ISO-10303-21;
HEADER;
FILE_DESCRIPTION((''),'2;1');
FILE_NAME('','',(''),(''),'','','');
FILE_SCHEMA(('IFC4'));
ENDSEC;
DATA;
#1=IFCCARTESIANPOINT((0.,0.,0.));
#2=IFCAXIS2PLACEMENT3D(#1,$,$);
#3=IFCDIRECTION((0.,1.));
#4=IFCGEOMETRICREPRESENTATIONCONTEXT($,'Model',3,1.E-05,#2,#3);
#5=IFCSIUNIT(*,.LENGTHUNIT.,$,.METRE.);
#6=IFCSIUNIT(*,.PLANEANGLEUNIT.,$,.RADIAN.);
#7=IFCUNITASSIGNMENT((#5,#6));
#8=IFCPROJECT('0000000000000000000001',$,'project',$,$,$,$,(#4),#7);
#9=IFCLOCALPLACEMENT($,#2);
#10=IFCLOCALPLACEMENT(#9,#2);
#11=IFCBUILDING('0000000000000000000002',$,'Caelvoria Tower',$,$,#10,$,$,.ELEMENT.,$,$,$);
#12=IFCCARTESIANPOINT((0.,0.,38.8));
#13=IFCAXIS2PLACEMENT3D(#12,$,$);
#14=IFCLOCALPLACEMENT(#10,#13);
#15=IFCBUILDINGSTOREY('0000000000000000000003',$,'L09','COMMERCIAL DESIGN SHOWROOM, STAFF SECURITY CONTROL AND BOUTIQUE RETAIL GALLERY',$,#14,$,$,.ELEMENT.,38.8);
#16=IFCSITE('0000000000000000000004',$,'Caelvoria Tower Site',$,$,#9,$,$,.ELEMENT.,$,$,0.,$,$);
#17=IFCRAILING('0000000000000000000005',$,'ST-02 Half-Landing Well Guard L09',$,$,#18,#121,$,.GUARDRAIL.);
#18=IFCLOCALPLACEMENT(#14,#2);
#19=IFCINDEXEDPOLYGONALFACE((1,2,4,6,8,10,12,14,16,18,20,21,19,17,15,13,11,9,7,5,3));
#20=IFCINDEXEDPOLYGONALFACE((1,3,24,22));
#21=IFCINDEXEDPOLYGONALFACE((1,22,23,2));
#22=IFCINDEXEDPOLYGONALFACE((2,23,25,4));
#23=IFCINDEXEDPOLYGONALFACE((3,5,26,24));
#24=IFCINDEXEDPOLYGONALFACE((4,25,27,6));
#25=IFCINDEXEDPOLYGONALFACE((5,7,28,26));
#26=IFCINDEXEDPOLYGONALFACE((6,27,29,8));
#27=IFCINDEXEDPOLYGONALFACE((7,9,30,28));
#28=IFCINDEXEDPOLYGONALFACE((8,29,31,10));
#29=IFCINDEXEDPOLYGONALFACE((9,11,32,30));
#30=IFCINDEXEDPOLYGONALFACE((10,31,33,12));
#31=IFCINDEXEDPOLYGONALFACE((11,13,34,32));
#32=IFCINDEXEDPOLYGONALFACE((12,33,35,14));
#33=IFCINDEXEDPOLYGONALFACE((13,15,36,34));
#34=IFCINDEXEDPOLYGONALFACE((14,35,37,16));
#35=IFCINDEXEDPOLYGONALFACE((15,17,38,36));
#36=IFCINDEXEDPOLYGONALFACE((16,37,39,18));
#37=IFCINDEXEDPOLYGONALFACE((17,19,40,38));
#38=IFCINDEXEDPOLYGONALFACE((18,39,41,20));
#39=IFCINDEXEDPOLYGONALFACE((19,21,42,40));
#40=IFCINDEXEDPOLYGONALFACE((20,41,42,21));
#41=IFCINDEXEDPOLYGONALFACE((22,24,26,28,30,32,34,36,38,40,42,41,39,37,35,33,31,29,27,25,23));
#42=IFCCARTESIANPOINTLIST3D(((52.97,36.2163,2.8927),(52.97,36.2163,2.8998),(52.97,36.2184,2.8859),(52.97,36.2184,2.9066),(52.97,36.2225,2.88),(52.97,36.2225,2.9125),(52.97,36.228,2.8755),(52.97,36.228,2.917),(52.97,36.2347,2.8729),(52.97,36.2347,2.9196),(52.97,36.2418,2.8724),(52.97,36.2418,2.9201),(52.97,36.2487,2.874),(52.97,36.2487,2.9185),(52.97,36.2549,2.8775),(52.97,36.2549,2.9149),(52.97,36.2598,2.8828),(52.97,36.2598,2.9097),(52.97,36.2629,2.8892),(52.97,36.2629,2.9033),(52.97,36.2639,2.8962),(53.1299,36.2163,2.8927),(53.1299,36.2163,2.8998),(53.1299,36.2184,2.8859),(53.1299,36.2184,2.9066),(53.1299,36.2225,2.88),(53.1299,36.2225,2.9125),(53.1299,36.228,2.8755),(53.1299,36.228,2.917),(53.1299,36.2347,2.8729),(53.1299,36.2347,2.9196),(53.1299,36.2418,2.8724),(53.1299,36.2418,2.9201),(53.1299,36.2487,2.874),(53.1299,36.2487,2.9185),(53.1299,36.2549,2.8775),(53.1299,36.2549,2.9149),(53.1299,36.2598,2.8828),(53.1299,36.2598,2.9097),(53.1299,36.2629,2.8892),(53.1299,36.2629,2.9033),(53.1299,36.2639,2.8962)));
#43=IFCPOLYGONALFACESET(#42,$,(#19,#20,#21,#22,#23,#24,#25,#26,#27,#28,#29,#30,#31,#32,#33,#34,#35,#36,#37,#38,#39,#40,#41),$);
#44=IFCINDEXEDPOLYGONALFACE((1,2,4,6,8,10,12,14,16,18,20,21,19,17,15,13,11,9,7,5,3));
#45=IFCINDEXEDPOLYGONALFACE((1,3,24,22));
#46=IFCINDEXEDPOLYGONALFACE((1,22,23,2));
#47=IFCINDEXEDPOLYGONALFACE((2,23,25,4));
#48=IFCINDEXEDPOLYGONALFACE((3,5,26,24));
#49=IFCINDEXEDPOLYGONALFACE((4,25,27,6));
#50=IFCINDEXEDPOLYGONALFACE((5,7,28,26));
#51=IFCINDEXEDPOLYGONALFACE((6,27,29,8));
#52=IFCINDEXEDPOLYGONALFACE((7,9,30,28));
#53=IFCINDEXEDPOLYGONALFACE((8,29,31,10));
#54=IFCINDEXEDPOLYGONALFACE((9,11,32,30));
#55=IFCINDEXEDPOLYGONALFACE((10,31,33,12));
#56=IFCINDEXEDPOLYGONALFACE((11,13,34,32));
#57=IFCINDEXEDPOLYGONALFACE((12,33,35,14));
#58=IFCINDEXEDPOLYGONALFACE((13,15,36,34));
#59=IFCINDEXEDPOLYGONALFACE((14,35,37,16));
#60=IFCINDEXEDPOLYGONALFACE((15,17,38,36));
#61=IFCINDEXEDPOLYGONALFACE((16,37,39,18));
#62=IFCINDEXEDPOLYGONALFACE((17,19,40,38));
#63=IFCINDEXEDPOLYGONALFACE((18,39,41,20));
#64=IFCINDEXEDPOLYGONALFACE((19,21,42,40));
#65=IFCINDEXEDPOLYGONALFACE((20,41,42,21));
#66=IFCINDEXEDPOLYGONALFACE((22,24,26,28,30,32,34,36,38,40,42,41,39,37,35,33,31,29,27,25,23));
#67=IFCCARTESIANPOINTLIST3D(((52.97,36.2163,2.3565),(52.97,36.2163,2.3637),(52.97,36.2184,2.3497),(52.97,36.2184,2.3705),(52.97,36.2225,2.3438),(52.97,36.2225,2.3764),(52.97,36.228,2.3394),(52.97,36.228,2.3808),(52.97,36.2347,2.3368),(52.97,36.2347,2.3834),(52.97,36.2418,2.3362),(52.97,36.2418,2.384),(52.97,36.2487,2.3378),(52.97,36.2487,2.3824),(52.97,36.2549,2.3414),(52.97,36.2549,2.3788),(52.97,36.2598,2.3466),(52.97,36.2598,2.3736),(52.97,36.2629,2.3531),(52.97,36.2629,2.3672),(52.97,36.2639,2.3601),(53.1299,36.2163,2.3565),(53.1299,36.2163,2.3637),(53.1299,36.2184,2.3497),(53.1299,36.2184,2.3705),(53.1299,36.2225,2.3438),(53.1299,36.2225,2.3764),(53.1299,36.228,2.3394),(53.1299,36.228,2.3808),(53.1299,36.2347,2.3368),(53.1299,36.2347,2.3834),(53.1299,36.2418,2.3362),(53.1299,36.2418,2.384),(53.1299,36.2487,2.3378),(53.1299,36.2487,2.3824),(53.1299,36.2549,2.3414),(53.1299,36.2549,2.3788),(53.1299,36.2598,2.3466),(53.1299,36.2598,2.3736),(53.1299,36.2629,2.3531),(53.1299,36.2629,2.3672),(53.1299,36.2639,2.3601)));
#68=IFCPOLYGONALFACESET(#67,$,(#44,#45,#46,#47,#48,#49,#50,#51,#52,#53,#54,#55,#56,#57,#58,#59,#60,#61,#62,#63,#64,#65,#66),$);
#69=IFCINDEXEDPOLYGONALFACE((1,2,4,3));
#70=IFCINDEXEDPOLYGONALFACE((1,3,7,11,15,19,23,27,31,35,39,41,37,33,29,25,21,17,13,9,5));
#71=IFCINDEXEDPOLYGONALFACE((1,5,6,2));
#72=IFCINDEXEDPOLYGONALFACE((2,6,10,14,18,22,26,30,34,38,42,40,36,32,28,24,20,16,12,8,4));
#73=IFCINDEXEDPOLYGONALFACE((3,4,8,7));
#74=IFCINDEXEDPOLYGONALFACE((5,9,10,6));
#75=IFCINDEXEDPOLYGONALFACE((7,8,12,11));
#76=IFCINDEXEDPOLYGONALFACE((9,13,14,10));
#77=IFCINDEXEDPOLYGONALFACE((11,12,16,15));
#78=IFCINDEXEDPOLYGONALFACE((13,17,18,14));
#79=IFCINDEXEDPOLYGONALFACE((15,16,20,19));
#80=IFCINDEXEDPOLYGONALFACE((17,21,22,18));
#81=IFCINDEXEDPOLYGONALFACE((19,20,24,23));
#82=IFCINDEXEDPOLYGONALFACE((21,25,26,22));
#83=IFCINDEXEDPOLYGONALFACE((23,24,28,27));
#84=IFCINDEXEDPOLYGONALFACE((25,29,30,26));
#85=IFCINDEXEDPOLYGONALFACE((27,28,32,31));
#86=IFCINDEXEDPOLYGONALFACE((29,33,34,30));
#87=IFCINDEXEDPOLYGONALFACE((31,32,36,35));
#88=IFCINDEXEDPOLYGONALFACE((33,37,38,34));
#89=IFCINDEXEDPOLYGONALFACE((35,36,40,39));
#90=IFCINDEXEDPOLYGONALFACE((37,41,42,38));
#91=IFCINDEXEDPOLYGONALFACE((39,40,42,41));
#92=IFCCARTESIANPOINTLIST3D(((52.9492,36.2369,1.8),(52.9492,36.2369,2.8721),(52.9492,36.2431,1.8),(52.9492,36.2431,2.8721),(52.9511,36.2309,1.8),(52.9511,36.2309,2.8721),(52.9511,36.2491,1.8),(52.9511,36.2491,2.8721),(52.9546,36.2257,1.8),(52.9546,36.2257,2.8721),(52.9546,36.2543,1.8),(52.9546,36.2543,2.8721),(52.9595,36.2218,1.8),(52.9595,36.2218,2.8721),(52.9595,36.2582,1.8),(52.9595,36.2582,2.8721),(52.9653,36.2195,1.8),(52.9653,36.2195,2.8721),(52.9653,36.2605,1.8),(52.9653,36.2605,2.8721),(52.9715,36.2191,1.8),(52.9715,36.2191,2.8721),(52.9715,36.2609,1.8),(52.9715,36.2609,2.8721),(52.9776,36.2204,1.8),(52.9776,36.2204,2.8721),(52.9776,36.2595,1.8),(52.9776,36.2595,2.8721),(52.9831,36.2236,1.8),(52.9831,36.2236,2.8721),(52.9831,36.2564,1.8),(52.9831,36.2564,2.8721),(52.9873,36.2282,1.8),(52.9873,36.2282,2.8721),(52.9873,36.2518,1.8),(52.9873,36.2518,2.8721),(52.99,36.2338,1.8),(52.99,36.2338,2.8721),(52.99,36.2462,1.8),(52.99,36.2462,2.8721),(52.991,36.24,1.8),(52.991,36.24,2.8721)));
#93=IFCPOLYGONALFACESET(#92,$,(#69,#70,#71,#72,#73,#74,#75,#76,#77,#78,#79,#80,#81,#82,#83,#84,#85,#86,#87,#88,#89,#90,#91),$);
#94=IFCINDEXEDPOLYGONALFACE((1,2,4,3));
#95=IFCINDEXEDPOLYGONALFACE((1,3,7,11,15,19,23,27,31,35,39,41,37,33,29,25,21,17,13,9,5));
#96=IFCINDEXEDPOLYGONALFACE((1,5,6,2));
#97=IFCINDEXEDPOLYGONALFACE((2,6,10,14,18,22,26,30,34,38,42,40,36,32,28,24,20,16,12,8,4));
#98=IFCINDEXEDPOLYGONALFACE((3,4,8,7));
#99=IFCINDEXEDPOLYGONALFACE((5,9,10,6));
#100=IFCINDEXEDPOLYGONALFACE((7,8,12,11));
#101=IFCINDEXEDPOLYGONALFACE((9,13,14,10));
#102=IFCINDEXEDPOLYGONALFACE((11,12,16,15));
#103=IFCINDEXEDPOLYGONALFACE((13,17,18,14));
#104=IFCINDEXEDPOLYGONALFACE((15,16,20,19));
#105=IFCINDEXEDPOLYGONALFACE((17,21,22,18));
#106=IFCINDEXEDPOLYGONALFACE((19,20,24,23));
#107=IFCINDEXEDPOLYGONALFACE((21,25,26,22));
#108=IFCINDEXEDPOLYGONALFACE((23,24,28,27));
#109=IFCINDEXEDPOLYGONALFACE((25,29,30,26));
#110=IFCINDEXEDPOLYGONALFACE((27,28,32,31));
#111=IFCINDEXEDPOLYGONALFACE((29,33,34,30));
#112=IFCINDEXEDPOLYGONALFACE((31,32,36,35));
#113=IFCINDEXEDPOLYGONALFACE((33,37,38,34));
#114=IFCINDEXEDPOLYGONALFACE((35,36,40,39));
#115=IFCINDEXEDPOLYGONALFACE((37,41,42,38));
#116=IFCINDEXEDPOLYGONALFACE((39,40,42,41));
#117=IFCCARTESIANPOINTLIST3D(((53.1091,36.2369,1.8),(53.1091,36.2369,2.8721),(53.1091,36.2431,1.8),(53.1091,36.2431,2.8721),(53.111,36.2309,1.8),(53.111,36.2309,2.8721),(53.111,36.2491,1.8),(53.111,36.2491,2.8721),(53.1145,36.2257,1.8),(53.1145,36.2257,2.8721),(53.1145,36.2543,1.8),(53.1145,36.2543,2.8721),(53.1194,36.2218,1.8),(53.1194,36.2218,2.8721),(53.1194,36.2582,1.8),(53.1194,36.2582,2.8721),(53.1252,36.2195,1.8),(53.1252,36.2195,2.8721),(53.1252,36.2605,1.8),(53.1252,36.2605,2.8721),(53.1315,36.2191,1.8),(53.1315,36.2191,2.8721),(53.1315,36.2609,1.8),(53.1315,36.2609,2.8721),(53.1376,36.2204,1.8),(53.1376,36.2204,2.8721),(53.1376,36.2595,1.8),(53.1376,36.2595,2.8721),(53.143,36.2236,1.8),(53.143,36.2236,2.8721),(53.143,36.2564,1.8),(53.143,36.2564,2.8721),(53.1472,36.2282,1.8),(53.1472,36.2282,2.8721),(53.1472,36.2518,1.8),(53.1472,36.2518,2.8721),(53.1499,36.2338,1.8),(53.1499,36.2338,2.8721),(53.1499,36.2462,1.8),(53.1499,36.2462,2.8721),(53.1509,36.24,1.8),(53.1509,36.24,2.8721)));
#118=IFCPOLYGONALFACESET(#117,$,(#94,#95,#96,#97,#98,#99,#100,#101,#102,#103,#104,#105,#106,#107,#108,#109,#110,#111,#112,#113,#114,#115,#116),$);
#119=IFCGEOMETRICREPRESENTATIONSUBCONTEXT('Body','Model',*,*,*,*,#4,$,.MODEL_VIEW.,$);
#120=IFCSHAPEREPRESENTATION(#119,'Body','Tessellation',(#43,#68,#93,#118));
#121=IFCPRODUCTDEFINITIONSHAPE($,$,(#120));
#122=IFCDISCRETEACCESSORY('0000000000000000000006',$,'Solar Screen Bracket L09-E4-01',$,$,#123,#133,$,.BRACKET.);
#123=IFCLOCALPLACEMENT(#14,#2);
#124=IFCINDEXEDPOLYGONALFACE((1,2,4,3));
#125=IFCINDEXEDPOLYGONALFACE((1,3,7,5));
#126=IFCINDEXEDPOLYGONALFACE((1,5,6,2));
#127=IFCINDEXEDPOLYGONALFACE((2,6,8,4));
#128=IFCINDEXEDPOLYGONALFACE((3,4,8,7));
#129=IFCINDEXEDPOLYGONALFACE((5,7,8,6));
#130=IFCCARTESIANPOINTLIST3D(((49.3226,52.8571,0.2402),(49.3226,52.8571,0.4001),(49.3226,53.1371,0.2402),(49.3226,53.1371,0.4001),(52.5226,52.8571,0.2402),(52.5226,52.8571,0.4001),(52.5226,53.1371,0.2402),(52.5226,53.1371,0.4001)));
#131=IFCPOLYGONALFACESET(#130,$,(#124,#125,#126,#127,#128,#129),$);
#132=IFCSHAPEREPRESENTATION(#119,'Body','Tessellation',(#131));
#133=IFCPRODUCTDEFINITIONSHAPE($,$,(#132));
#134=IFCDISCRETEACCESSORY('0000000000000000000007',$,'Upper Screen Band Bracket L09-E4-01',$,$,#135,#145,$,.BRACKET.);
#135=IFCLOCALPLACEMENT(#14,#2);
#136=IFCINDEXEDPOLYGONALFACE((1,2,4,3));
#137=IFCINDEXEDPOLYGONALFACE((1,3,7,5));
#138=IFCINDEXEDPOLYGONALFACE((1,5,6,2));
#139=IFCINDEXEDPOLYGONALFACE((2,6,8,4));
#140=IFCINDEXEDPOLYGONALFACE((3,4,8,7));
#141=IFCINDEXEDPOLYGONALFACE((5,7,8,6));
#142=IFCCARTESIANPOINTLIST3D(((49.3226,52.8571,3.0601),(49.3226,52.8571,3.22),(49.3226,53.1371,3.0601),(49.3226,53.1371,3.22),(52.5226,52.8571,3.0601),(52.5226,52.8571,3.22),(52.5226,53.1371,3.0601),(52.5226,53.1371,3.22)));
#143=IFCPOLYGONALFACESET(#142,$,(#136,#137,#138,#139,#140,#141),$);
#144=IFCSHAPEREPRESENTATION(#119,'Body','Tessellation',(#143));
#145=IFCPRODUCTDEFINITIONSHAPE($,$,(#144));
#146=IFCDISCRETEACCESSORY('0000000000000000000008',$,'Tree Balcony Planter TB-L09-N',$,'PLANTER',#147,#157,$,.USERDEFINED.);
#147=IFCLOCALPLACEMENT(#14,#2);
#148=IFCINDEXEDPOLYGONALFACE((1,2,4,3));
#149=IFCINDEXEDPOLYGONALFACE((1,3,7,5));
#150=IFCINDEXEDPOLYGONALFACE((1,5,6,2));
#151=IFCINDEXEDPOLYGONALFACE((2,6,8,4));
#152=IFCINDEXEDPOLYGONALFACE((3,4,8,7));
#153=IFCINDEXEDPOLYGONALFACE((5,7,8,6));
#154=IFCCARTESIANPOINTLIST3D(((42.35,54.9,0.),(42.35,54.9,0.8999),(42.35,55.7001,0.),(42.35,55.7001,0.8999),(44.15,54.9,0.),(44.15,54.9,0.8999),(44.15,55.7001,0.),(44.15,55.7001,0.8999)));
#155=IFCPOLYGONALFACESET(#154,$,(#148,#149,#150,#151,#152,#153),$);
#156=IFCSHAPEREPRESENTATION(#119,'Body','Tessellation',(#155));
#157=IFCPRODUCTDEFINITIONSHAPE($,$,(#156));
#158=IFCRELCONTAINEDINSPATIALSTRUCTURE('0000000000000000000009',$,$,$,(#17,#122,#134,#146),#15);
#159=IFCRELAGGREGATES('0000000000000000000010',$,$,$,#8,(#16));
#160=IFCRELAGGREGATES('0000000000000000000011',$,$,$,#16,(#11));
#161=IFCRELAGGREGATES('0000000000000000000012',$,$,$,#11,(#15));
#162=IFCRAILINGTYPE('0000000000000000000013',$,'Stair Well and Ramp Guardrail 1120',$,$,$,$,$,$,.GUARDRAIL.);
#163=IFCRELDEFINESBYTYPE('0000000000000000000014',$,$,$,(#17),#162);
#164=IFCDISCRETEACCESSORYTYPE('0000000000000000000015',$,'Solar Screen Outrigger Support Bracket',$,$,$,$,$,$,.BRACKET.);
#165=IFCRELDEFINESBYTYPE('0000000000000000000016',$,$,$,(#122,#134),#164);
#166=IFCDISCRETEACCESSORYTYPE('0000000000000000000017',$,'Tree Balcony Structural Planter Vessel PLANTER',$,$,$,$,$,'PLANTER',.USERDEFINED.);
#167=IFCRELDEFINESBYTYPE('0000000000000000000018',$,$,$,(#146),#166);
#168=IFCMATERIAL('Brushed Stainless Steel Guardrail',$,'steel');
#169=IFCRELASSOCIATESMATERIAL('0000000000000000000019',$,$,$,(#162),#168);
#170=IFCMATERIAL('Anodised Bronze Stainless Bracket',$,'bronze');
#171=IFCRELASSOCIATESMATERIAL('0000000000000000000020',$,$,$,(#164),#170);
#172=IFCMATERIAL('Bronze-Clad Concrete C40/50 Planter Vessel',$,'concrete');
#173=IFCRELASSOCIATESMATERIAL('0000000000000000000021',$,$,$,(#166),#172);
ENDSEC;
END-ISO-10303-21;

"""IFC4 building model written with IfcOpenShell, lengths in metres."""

from ifc_helpers import new_model, si_unit, direction, frame, origin, origin_2d, place, context, subcontext, project, spatial, rectangle, circle, extrude, material, type_object, element, save


model = new_model("IFC4")

# Units and contexts
model_context = context("Model", 3, precision=1e-05, world=origin(), true_north=direction((0.0, 1.0)))
body_context = subcontext(model_context, "Body", "Model", "MODEL_VIEW")
ifc_project = project(units=[si_unit("LENGTHUNIT", "METRE"), si_unit("PLANEANGLEUNIT", "RADIAN")], contexts=[model_context])

# Site, building, storey
site_placement = place(None, origin())
site = spatial("IfcSite", under=ifc_project, at=site_placement, Name="Caelvoria Tower Site", CompositionType="ELEMENT", RefElevation=0.0)
building_placement = place(site_placement, origin())
building = spatial("IfcBuilding", under=site, at=building_placement, Name="Caelvoria Tower", CompositionType="ELEMENT")
storey_placement = place(building_placement, frame((0.0, 0.0, 38.8)))
storey = spatial("IfcBuildingStorey", under=building, at=storey_placement, Name="L09", Description="COMMERCIAL DESIGN SHOWROOM, STAFF SECURITY CONTROL AND BOUTIQUE RETAIL GALLERY", CompositionType="ELEMENT", Elevation=38.8)

# Railing
ifc_material_1 = material(Name="Brushed Stainless Steel Guardrail", Category="steel")
railing_type_1 = type_object("IfcRailingType", Name="Stair Well and Ramp Guardrail 1120", PredefinedType="GUARDRAIL", material=ifc_material_1)
railing_1_placement = place(storey_placement, frame((52.97, 36.24, 1.8)))
element("IfcRailing", 1, at=railing_1_placement, inside=storey, type_object=railing_type_1, Name="ST-02 Half-Landing Well Guard L09", PredefinedType="GUARDRAIL", context=body_context, shape_type="SweptSolid", body=[
    extrude(circle(Radius=0.0239, at=origin_2d()), frame((0.0, 0.0, 1.0962), z_axis=(1.0, 0.0, 0.0), x_axis=(0.0, 1.0, 0.0)), (0.0, 0.0, 1.0), 0.1599),
    extrude(circle(Radius=0.0239, at=origin_2d()), frame((0.0, 0.0, 0.5601), z_axis=(1.0, 0.0, 0.0), x_axis=(0.0, 1.0, 0.0)), (0.0, 0.0, 1.0), 0.1599),
    extrude(circle(Radius=0.021, at=origin_2d()), origin(), (0.0, 0.0, 1.0), 1.072),
    extrude(circle(Radius=0.021, at=origin_2d()), frame((0.1599, 0.0, 0.0)), (0.0, 0.0, 1.0), 1.072),
])

# Discrete accessories
ifc_material_2 = material(Name="Anodised Bronze Stainless Bracket", Category="bronze")
discrete_accessory_type_1 = type_object("IfcDiscreteAccessoryType", Name="Solar Screen Outrigger Support Bracket", PredefinedType="BRACKET", material=ifc_material_2)
for number, where, z_axis, x_axis, name in (
    (2, (50.9226, 52.9971, 0.2402), (0.0, 0.0, 1.0), (-1.0, 0.0, 0.0), "Solar Screen Bracket L09-E4-01"),
    (3, (50.9226, 52.9971, 3.0601), (0.0, 0.0, 1.0), (-1.0, 0.0, 0.0), "Upper Screen Band Bracket L09-E4-01"),
):
    element("IfcDiscreteAccessory", number, at=place(storey_placement, frame(where, z_axis=z_axis, x_axis=x_axis)), inside=storey, type_object=discrete_accessory_type_1, Name=name, PredefinedType="BRACKET", context=body_context, shape_type="SweptSolid", body=[
        extrude(rectangle(XDim=3.2, YDim=0.28, at=origin_2d()), origin(), (0.0, 0.0, 1.0), 0.1599),
    ])
ifc_material_3 = material(Name="Bronze-Clad Concrete C40/50 Planter Vessel", Category="concrete")
discrete_accessory_type_2 = type_object("IfcDiscreteAccessoryType", Name="Tree Balcony Structural Planter Vessel PLANTER", ElementType="PLANTER", PredefinedType="USERDEFINED", material=ifc_material_3)
discrete_accessory_placement = place(storey_placement, frame((43.25, 55.3, 0.0), z_axis=(0.0, 0.0, 1.0), x_axis=(1.0, 0.0, 0.0)))
element("IfcDiscreteAccessory", 4, at=discrete_accessory_placement, inside=storey, type_object=discrete_accessory_type_2, Name="Tree Balcony Planter TB-L09-N", ObjectType="PLANTER", PredefinedType="USERDEFINED", context=body_context, shape_type="SweptSolid", body=[
    extrude(rectangle(XDim=1.8, YDim=0.8, at=origin_2d()), origin(), (0.0, 0.0, 1.0), 0.8999),
])

save(model, "model.ifc")
